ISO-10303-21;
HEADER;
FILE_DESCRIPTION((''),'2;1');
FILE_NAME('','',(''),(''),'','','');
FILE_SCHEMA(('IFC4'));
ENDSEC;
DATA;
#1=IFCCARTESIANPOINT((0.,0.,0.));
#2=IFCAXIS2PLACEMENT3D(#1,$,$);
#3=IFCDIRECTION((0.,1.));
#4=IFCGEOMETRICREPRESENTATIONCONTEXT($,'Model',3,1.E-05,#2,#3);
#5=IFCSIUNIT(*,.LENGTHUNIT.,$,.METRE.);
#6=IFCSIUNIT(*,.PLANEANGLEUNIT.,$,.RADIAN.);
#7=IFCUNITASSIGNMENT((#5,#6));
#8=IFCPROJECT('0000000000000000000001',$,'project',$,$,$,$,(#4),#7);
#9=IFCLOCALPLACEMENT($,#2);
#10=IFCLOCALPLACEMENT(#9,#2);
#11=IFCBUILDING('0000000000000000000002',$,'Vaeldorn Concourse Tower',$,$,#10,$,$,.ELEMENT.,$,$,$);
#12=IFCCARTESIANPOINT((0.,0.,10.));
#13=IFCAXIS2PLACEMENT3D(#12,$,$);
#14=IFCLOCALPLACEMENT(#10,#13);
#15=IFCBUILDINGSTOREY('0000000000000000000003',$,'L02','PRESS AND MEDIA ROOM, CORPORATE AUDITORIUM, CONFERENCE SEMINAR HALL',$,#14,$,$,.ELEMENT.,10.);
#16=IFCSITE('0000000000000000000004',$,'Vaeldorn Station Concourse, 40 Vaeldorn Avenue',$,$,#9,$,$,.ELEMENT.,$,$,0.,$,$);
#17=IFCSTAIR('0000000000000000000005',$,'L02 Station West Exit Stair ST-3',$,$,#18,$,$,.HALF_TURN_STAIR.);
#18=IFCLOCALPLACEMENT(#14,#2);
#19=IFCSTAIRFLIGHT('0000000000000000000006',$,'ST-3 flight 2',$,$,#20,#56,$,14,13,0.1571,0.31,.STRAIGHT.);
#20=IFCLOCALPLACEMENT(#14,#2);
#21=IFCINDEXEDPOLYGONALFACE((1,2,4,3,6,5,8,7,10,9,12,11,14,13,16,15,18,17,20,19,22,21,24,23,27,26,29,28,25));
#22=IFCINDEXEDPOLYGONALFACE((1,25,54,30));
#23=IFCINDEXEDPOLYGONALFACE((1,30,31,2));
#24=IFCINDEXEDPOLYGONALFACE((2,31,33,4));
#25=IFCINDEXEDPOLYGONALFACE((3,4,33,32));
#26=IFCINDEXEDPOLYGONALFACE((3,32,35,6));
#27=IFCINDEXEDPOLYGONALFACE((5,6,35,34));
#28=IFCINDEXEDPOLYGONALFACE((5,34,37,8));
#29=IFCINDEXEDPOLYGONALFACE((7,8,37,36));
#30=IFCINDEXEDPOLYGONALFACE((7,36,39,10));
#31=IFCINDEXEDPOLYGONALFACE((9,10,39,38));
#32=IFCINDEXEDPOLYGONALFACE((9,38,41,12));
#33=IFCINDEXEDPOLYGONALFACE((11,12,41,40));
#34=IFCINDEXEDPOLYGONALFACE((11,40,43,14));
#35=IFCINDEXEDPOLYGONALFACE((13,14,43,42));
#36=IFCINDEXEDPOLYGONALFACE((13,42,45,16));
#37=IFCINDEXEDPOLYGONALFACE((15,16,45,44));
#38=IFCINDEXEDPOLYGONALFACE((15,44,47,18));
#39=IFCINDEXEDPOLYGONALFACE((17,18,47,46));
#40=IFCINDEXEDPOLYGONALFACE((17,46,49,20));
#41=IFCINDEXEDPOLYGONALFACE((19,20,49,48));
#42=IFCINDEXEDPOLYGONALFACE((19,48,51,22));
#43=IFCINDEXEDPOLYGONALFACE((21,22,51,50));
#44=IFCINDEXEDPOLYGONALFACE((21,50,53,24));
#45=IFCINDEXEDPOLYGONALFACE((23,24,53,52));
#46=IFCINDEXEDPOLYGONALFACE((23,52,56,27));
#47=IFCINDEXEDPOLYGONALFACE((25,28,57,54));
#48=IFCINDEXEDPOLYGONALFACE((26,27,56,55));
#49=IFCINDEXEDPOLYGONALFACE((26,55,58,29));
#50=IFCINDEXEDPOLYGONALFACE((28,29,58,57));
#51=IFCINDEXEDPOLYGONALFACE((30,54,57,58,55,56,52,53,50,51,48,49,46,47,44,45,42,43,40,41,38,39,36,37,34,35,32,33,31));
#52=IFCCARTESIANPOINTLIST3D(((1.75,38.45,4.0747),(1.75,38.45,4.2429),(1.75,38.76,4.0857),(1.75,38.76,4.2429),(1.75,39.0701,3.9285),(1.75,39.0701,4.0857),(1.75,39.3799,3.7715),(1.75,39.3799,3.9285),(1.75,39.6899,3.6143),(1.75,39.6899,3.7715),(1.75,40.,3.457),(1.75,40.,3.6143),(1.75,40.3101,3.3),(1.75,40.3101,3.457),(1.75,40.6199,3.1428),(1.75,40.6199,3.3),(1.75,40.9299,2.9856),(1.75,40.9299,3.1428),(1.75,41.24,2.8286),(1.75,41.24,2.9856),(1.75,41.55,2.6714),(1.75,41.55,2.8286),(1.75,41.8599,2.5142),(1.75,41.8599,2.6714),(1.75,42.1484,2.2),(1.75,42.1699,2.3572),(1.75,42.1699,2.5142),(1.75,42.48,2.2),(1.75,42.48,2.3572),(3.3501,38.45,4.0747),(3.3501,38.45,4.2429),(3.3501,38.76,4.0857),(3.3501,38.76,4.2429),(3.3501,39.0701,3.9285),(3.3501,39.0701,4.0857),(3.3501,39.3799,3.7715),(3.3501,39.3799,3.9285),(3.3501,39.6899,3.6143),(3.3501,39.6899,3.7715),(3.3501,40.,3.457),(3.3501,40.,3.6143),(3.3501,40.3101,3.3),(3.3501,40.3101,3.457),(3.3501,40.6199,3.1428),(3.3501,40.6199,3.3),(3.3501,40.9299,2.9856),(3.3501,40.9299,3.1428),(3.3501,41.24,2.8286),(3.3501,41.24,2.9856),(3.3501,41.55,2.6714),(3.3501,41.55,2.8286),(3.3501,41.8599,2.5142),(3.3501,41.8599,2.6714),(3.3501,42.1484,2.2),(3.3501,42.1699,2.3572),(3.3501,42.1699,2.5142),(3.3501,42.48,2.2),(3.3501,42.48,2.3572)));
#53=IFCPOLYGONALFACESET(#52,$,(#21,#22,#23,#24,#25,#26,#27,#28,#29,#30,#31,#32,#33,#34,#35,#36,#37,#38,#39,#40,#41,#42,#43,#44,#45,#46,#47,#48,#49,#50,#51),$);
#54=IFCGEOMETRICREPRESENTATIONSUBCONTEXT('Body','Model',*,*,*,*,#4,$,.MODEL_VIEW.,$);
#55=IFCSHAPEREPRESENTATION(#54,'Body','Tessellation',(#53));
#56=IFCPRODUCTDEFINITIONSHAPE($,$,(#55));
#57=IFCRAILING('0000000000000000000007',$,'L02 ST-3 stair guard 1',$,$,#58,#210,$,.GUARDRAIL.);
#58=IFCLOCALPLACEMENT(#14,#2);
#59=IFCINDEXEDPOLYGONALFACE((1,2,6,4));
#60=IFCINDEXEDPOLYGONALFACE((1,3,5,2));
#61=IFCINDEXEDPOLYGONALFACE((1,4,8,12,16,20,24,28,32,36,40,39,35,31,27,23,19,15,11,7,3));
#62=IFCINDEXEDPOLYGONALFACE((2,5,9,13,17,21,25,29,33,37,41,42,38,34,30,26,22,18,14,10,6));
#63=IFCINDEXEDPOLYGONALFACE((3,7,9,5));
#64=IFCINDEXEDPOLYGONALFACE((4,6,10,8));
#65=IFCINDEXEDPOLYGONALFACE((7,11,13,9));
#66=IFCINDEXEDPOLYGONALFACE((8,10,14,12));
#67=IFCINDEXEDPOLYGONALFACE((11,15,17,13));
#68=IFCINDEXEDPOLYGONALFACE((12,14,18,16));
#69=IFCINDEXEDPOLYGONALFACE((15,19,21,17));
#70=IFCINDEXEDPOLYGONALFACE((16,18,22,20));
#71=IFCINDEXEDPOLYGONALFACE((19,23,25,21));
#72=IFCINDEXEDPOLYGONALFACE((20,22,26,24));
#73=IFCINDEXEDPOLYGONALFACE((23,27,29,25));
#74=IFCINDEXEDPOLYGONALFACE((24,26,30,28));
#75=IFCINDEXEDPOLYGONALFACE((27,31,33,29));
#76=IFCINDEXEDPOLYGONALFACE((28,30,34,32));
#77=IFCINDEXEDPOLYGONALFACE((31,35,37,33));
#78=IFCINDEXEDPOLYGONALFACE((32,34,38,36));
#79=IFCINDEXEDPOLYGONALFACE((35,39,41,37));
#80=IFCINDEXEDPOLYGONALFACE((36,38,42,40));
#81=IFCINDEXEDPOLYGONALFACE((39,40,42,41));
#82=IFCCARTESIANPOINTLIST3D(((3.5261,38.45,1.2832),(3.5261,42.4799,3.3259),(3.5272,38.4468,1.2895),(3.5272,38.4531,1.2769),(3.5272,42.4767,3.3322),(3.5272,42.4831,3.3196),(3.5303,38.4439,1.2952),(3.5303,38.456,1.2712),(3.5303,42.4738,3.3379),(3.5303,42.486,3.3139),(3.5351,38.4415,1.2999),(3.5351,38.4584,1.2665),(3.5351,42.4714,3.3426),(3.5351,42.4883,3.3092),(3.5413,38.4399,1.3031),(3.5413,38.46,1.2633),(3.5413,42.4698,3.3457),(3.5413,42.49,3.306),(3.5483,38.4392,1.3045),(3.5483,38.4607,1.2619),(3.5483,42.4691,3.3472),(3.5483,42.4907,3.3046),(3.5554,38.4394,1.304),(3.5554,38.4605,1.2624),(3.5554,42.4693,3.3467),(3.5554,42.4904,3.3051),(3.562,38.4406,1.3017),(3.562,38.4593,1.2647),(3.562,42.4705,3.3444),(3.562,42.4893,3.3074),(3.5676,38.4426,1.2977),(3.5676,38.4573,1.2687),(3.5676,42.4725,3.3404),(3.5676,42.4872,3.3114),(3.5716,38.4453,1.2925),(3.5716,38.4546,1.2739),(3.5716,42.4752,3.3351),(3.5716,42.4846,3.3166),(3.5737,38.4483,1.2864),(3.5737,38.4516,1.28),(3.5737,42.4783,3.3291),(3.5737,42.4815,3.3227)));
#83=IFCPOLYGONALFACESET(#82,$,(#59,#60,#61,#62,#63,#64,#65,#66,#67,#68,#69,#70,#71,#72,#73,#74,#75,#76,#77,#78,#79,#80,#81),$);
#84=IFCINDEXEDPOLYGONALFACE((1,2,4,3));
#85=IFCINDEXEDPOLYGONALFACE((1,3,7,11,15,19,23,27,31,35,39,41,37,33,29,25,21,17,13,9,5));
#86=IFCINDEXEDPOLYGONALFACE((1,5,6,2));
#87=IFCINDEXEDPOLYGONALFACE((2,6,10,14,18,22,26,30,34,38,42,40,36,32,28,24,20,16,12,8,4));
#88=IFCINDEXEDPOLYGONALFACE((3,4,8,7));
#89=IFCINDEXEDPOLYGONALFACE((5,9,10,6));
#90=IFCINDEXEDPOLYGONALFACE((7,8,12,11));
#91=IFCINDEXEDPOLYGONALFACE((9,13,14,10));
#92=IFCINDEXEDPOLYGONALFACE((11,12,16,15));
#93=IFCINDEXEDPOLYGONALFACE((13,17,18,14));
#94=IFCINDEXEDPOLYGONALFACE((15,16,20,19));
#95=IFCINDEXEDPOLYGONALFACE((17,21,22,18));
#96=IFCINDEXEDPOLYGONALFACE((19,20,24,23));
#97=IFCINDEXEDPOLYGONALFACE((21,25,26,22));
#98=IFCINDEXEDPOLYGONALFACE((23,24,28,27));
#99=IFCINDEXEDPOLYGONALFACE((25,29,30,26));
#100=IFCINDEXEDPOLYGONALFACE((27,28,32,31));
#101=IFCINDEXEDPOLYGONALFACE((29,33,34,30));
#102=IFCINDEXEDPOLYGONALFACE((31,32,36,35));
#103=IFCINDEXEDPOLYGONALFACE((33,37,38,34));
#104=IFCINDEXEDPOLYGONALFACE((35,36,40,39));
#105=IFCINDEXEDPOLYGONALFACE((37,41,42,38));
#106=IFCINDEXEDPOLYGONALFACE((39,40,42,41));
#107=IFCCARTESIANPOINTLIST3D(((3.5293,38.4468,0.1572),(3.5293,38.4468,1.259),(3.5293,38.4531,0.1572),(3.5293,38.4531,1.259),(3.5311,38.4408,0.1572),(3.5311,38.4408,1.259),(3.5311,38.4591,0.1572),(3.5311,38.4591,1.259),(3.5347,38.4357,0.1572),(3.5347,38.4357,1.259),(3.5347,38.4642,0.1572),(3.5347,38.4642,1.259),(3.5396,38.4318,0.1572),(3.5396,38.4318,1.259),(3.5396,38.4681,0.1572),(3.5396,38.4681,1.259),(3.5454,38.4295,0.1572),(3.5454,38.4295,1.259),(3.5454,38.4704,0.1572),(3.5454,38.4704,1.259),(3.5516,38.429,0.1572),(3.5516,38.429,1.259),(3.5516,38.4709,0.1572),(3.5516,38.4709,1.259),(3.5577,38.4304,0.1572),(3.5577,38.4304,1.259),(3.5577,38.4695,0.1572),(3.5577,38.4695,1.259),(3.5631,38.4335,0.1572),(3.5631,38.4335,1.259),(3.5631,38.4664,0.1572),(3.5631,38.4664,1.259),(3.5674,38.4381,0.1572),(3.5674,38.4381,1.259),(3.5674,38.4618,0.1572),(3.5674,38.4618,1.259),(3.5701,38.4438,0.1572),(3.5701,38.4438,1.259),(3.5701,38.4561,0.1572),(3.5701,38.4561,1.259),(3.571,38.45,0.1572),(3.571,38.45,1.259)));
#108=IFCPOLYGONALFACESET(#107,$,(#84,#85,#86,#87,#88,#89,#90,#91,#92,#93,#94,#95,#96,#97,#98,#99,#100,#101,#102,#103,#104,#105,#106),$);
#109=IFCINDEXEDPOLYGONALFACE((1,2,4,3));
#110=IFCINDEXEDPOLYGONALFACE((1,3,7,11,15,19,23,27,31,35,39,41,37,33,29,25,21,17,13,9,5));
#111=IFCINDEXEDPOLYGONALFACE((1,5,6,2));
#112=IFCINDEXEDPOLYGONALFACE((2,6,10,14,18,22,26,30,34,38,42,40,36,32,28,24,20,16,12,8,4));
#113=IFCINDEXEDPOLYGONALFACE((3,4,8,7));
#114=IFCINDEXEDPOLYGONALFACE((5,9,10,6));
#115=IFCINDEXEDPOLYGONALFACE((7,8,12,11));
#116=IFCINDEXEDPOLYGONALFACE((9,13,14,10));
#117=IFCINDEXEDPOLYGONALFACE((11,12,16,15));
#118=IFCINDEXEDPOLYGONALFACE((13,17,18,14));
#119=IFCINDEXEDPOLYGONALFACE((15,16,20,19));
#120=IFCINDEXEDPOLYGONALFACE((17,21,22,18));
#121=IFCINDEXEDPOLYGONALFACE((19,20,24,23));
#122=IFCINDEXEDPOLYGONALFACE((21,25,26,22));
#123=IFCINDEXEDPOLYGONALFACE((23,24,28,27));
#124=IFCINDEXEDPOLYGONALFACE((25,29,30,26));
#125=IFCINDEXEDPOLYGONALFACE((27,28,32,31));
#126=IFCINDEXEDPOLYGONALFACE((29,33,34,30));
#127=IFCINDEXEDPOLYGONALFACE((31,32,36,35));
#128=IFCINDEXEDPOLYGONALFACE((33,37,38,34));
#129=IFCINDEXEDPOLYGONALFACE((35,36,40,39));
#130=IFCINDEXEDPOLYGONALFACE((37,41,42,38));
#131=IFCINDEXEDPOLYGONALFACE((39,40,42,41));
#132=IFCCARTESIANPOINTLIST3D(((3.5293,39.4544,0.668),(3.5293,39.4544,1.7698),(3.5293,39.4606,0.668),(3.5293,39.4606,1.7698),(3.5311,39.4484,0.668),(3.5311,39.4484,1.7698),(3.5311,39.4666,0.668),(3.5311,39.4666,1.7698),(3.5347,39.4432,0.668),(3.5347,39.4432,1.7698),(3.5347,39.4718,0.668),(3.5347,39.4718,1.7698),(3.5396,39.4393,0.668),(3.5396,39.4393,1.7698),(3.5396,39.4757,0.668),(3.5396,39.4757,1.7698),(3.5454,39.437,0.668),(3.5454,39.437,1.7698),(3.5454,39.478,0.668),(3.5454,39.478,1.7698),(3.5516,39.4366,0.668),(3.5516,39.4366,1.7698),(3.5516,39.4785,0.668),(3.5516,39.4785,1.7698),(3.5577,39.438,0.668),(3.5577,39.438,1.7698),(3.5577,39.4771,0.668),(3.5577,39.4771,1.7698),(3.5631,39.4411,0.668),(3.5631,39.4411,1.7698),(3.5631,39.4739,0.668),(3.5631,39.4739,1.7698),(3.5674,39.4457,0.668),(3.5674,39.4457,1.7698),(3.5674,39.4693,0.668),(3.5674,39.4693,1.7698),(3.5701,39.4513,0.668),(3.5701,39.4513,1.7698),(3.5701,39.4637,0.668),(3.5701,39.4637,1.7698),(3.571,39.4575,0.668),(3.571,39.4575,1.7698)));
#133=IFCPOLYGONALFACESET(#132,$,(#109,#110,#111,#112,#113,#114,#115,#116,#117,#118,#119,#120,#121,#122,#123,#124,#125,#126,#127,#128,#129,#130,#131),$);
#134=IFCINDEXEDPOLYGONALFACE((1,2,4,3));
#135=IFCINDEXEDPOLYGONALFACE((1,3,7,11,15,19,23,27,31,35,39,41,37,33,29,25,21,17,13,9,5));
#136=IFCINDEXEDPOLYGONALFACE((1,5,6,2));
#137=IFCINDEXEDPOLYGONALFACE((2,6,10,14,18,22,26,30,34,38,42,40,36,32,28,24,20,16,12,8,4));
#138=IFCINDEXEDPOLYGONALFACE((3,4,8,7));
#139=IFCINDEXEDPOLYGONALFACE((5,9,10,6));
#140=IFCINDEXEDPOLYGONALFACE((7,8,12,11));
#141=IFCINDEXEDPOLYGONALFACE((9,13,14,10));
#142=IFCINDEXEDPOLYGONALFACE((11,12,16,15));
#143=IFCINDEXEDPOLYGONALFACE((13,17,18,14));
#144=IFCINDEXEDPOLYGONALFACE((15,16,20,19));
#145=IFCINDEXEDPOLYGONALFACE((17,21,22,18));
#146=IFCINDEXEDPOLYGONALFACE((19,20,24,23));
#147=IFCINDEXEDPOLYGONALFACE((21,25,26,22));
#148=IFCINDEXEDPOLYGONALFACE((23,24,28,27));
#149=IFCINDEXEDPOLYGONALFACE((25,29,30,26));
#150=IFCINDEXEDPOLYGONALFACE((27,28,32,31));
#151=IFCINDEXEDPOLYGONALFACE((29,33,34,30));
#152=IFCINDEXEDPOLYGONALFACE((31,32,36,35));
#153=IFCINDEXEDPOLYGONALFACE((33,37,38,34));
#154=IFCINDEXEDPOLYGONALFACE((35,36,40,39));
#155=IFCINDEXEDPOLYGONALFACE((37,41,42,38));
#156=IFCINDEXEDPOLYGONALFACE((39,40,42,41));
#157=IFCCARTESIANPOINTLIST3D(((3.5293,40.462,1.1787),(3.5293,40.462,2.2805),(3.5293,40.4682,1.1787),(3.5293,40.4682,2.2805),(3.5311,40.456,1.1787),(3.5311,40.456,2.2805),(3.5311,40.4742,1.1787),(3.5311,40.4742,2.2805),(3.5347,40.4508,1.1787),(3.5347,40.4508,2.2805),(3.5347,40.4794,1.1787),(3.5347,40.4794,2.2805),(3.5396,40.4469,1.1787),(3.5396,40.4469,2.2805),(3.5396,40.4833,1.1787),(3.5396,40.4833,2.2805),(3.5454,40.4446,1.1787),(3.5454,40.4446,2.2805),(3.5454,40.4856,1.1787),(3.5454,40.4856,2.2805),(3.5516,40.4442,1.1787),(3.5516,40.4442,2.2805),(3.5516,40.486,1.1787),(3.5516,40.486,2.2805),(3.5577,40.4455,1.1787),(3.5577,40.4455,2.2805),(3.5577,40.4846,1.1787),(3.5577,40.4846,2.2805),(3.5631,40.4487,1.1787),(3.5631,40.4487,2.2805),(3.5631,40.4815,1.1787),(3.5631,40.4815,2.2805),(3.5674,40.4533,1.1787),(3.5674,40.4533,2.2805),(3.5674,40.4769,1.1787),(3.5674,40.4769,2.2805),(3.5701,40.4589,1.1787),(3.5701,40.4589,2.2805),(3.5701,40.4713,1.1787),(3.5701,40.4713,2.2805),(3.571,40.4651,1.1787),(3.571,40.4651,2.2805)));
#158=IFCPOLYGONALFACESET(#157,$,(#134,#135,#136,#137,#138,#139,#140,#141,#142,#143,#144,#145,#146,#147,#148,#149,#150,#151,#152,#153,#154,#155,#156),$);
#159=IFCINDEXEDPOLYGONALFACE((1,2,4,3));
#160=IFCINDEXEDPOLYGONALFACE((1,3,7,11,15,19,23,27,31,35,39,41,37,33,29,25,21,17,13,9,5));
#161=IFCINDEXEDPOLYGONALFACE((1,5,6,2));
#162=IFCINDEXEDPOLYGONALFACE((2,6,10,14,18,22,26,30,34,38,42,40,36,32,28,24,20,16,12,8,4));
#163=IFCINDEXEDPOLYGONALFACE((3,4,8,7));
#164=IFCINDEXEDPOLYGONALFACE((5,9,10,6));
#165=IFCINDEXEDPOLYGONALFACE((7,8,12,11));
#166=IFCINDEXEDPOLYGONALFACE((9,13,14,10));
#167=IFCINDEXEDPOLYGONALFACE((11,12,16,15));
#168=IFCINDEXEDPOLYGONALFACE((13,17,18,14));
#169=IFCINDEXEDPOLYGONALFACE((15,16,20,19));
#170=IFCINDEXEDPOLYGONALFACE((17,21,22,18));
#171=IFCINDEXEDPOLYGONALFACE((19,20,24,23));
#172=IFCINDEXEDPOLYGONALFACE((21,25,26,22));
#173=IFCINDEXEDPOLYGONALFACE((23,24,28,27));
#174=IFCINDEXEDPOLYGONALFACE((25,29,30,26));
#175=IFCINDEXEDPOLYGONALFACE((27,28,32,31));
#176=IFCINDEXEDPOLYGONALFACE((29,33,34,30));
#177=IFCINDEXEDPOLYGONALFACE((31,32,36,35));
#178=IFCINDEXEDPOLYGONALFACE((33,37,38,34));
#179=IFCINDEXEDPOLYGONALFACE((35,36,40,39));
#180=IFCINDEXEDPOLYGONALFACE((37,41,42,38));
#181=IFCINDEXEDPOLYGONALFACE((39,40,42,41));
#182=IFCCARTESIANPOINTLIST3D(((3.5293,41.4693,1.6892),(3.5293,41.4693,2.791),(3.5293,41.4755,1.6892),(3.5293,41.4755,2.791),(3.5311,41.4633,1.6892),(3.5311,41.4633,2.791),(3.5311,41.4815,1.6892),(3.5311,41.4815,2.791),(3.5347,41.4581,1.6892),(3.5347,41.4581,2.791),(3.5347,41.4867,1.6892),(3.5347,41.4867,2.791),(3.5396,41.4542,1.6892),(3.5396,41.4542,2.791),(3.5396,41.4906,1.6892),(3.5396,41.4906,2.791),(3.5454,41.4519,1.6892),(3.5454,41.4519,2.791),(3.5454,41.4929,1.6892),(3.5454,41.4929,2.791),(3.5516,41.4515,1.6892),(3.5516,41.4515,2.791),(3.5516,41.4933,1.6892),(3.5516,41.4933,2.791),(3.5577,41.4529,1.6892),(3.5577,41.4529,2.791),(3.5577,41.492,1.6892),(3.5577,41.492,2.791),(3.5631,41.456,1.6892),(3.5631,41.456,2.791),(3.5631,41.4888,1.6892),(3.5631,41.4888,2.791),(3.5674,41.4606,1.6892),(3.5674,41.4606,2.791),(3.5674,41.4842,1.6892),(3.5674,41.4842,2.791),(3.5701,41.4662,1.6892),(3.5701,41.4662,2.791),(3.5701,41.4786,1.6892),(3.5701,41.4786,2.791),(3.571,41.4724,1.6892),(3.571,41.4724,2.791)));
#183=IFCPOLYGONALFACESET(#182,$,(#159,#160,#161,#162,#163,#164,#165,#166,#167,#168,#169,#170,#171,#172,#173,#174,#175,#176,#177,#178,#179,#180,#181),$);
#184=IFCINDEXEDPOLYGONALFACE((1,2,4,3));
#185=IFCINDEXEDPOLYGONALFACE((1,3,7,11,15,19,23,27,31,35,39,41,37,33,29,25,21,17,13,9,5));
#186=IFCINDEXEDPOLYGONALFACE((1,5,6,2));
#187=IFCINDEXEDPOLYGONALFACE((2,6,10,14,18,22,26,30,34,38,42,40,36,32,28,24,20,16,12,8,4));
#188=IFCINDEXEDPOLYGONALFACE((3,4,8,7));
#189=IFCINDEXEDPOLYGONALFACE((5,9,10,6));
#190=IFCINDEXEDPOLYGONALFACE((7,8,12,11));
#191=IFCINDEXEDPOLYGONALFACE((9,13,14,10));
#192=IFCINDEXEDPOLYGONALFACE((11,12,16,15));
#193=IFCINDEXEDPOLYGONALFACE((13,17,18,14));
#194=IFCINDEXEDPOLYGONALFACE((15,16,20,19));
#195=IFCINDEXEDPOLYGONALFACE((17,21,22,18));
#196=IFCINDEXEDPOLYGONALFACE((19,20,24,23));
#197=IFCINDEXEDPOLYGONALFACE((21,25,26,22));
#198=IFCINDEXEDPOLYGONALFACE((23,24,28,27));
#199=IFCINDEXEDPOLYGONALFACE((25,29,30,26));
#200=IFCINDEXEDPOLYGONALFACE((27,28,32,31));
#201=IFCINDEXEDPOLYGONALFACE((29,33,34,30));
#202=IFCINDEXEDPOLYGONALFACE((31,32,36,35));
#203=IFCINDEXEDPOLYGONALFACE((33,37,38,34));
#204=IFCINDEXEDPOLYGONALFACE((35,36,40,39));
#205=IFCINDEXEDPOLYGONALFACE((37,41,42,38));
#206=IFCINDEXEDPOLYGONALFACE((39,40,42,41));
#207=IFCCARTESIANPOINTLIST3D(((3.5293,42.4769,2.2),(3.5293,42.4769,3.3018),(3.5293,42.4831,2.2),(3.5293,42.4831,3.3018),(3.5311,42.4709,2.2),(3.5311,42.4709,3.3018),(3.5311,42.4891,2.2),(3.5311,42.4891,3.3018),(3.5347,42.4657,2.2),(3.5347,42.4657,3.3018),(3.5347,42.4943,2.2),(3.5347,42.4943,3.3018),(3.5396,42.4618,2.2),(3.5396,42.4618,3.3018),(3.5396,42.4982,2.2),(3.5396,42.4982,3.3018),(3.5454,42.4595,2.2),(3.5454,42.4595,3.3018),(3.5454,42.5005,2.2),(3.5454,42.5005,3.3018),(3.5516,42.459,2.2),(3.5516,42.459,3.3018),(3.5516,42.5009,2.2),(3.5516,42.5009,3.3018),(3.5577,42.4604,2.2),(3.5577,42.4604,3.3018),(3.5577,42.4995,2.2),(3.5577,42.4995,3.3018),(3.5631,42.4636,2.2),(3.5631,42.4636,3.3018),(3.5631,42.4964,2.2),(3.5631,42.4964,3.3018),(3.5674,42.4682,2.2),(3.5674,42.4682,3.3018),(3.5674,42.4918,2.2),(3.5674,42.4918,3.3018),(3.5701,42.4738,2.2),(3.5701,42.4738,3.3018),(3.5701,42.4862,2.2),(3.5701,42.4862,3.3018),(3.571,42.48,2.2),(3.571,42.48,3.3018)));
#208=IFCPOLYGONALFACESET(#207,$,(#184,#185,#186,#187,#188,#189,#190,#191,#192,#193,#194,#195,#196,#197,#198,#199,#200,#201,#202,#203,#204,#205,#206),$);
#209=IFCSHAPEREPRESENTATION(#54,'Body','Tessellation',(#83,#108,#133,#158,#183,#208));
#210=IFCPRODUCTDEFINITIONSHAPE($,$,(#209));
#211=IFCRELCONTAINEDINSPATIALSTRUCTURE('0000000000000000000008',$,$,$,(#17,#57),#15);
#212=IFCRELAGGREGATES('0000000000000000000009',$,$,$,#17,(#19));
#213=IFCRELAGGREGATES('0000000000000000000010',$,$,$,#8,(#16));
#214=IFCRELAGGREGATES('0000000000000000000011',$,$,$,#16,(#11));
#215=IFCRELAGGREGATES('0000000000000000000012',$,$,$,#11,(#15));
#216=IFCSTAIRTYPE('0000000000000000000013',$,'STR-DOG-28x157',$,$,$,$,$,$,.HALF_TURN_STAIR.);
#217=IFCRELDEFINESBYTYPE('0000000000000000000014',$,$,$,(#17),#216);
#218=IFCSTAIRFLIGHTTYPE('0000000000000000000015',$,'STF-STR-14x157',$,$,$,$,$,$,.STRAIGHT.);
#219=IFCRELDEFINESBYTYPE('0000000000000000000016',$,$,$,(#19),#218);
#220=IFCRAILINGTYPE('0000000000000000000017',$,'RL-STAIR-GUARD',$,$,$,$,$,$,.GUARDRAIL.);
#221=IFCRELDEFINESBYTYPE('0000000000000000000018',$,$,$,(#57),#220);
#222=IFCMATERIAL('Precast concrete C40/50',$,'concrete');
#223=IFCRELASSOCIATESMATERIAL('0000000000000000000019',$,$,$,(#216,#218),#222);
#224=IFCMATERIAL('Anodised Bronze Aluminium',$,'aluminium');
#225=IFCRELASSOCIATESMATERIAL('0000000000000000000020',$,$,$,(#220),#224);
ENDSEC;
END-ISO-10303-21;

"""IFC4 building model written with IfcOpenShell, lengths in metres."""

from ifc_helpers import new_model, si_unit, direction, frame, origin, origin_2d, place, context, subcontext, project, spatial, polyline, circle, outline, extrude, material, type_object, element, aggregate, save


model = new_model("IFC4")

# Units and contexts
model_context = context("Model", 3, precision=1e-05, world=origin(), true_north=direction((0.0, 1.0)))
body_context = subcontext(model_context, "Body", "Model", "MODEL_VIEW")
ifc_project = project(units=[si_unit("LENGTHUNIT", "METRE"), si_unit("PLANEANGLEUNIT", "RADIAN")], contexts=[model_context])

# Site, building, storey
site_placement = place(None, origin())
site = spatial("IfcSite", under=ifc_project, at=site_placement, Name="Vaeldorn Station Concourse, 40 Vaeldorn Avenue", CompositionType="ELEMENT", RefElevation=0.0)
building_placement = place(site_placement, origin())
building = spatial("IfcBuilding", under=site, at=building_placement, Name="Vaeldorn Concourse Tower", CompositionType="ELEMENT")
storey_placement = place(building_placement, frame((0.0, 0.0, 10.0)))
storey = spatial("IfcBuildingStorey", under=building, at=storey_placement, Name="L02", Description="PRESS AND MEDIA ROOM, CORPORATE AUDITORIUM, CONFERENCE SEMINAR HALL", CompositionType="ELEMENT", Elevation=10.0)

# Shared definitions
ifc_material_1 = material(Name="Anodised Bronze Aluminium", Category="aluminium")

# Stair, stair flight
ifc_material_2 = material(Name="Precast concrete C40/50", Category="concrete")
stair_type = type_object("IfcStairType", Name="STR-DOG-28x157", PredefinedType="HALF_TURN_STAIR", material=ifc_material_2)
stair_placement = place(storey_placement, origin())
stair = element("IfcStair", 1, at=stair_placement, inside=storey, type_object=stair_type, Name="L02 Station West Exit Stair ST-3", PredefinedType="HALF_TURN_STAIR")
stair_flight_type = type_object("IfcStairFlightType", Name="STF-STR-14x157", PredefinedType="STRAIGHT", material=ifc_material_2)
stair_flight_1_placement = place(storey_placement, frame((2.55, 42.48, 2.2), z_axis=(0.0, 0.0, 1.0), x_axis=(0.0, -1.0, 0.0)))
stair_flight_1 = element("IfcStairFlight", 2, at=stair_flight_1_placement, type_object=stair_flight_type, Name="ST-3 flight 2", NumberOfRisers=14, NumberOfTreads=13, PredefinedType="STRAIGHT", RiserHeight=0.1571, TreadLength=0.31, context=body_context, shape_type="SweptSolid", body=[
    extrude(outline(polyline([(0.0, 0.0), (0.0, 0.1572), (0.3101, 0.1572), (0.3101, 0.3142), (0.6201, 0.3142), (0.6201, 0.4714), (0.9299, 0.4714), (0.9299, 0.6287), (1.24, 0.6287), (1.24, 0.7856), (1.55, 0.7856), (1.55, 0.9429), (1.8601, 0.9429), (1.8601, 1.1001), (2.1699, 1.1001), (2.1699, 1.2571), (2.48, 1.2571), (2.48, 1.4143), (2.79, 1.4143), (2.79, 1.5715), (3.1001, 1.5715), (3.1001, 1.7285), (3.4099, 1.7285), (3.4099, 1.8857), (3.72, 1.8857), (3.72, 2.043), (4.03, 2.043), (4.03, 2.2), (4.03, 1.8748), (0.3315, 0.0), (0.0, 0.0)])), frame((0.0, 0.8, 0.0), z_axis=(0.0, -1.0, 0.0), x_axis=(1.0, 0.0, 0.0)), (0.0, 0.0, 1.0), 1.6001),
])
aggregate(stair, [stair_flight_1])

# Railing
railing_type_1 = type_object("IfcRailingType", Name="RL-STAIR-GUARD", PredefinedType="GUARDRAIL", material=ifc_material_1)
railing_1_placement = place(storey_placement, frame((3.55, 38.45, 0.1572)))
element("IfcRailing", 3, at=railing_1_placement, inside=storey, type_object=railing_type_1, Name="L02 ST-3 stair guard 1", PredefinedType="GUARDRAIL", context=body_context, shape_type="SweptSolid", body=[
    extrude(circle(Radius=0.0239, at=origin_2d()), frame((0.0, 0.0, 1.126), z_axis=(0.0, 0.891961, 0.452113), x_axis=(-1.0, 0.0, 0.0)), (0.0, 0.0, 1.0), 4.5181),
    extrude(circle(Radius=0.021, at=origin_2d()), origin(), (0.0, 0.0, 1.0), 1.1018),
    extrude(circle(Radius=0.021, at=origin_2d()), frame((0.0, 1.0076, 0.5107)), (0.0, 0.0, 1.0), 1.1018),
    extrude(circle(Radius=0.021, at=origin_2d()), frame((0.0, 2.0151, 1.0215)), (0.0, 0.0, 1.0), 1.1018),
    extrude(circle(Radius=0.021, at=origin_2d()), frame((0.0, 3.0225, 1.532)), (0.0, 0.0, 1.0), 1.1018),
    extrude(circle(Radius=0.021, at=origin_2d()), frame((0.0, 4.03, 2.0427)), (0.0, 0.0, 1.0), 1.1018),
])

save(model, "model.ifc")
